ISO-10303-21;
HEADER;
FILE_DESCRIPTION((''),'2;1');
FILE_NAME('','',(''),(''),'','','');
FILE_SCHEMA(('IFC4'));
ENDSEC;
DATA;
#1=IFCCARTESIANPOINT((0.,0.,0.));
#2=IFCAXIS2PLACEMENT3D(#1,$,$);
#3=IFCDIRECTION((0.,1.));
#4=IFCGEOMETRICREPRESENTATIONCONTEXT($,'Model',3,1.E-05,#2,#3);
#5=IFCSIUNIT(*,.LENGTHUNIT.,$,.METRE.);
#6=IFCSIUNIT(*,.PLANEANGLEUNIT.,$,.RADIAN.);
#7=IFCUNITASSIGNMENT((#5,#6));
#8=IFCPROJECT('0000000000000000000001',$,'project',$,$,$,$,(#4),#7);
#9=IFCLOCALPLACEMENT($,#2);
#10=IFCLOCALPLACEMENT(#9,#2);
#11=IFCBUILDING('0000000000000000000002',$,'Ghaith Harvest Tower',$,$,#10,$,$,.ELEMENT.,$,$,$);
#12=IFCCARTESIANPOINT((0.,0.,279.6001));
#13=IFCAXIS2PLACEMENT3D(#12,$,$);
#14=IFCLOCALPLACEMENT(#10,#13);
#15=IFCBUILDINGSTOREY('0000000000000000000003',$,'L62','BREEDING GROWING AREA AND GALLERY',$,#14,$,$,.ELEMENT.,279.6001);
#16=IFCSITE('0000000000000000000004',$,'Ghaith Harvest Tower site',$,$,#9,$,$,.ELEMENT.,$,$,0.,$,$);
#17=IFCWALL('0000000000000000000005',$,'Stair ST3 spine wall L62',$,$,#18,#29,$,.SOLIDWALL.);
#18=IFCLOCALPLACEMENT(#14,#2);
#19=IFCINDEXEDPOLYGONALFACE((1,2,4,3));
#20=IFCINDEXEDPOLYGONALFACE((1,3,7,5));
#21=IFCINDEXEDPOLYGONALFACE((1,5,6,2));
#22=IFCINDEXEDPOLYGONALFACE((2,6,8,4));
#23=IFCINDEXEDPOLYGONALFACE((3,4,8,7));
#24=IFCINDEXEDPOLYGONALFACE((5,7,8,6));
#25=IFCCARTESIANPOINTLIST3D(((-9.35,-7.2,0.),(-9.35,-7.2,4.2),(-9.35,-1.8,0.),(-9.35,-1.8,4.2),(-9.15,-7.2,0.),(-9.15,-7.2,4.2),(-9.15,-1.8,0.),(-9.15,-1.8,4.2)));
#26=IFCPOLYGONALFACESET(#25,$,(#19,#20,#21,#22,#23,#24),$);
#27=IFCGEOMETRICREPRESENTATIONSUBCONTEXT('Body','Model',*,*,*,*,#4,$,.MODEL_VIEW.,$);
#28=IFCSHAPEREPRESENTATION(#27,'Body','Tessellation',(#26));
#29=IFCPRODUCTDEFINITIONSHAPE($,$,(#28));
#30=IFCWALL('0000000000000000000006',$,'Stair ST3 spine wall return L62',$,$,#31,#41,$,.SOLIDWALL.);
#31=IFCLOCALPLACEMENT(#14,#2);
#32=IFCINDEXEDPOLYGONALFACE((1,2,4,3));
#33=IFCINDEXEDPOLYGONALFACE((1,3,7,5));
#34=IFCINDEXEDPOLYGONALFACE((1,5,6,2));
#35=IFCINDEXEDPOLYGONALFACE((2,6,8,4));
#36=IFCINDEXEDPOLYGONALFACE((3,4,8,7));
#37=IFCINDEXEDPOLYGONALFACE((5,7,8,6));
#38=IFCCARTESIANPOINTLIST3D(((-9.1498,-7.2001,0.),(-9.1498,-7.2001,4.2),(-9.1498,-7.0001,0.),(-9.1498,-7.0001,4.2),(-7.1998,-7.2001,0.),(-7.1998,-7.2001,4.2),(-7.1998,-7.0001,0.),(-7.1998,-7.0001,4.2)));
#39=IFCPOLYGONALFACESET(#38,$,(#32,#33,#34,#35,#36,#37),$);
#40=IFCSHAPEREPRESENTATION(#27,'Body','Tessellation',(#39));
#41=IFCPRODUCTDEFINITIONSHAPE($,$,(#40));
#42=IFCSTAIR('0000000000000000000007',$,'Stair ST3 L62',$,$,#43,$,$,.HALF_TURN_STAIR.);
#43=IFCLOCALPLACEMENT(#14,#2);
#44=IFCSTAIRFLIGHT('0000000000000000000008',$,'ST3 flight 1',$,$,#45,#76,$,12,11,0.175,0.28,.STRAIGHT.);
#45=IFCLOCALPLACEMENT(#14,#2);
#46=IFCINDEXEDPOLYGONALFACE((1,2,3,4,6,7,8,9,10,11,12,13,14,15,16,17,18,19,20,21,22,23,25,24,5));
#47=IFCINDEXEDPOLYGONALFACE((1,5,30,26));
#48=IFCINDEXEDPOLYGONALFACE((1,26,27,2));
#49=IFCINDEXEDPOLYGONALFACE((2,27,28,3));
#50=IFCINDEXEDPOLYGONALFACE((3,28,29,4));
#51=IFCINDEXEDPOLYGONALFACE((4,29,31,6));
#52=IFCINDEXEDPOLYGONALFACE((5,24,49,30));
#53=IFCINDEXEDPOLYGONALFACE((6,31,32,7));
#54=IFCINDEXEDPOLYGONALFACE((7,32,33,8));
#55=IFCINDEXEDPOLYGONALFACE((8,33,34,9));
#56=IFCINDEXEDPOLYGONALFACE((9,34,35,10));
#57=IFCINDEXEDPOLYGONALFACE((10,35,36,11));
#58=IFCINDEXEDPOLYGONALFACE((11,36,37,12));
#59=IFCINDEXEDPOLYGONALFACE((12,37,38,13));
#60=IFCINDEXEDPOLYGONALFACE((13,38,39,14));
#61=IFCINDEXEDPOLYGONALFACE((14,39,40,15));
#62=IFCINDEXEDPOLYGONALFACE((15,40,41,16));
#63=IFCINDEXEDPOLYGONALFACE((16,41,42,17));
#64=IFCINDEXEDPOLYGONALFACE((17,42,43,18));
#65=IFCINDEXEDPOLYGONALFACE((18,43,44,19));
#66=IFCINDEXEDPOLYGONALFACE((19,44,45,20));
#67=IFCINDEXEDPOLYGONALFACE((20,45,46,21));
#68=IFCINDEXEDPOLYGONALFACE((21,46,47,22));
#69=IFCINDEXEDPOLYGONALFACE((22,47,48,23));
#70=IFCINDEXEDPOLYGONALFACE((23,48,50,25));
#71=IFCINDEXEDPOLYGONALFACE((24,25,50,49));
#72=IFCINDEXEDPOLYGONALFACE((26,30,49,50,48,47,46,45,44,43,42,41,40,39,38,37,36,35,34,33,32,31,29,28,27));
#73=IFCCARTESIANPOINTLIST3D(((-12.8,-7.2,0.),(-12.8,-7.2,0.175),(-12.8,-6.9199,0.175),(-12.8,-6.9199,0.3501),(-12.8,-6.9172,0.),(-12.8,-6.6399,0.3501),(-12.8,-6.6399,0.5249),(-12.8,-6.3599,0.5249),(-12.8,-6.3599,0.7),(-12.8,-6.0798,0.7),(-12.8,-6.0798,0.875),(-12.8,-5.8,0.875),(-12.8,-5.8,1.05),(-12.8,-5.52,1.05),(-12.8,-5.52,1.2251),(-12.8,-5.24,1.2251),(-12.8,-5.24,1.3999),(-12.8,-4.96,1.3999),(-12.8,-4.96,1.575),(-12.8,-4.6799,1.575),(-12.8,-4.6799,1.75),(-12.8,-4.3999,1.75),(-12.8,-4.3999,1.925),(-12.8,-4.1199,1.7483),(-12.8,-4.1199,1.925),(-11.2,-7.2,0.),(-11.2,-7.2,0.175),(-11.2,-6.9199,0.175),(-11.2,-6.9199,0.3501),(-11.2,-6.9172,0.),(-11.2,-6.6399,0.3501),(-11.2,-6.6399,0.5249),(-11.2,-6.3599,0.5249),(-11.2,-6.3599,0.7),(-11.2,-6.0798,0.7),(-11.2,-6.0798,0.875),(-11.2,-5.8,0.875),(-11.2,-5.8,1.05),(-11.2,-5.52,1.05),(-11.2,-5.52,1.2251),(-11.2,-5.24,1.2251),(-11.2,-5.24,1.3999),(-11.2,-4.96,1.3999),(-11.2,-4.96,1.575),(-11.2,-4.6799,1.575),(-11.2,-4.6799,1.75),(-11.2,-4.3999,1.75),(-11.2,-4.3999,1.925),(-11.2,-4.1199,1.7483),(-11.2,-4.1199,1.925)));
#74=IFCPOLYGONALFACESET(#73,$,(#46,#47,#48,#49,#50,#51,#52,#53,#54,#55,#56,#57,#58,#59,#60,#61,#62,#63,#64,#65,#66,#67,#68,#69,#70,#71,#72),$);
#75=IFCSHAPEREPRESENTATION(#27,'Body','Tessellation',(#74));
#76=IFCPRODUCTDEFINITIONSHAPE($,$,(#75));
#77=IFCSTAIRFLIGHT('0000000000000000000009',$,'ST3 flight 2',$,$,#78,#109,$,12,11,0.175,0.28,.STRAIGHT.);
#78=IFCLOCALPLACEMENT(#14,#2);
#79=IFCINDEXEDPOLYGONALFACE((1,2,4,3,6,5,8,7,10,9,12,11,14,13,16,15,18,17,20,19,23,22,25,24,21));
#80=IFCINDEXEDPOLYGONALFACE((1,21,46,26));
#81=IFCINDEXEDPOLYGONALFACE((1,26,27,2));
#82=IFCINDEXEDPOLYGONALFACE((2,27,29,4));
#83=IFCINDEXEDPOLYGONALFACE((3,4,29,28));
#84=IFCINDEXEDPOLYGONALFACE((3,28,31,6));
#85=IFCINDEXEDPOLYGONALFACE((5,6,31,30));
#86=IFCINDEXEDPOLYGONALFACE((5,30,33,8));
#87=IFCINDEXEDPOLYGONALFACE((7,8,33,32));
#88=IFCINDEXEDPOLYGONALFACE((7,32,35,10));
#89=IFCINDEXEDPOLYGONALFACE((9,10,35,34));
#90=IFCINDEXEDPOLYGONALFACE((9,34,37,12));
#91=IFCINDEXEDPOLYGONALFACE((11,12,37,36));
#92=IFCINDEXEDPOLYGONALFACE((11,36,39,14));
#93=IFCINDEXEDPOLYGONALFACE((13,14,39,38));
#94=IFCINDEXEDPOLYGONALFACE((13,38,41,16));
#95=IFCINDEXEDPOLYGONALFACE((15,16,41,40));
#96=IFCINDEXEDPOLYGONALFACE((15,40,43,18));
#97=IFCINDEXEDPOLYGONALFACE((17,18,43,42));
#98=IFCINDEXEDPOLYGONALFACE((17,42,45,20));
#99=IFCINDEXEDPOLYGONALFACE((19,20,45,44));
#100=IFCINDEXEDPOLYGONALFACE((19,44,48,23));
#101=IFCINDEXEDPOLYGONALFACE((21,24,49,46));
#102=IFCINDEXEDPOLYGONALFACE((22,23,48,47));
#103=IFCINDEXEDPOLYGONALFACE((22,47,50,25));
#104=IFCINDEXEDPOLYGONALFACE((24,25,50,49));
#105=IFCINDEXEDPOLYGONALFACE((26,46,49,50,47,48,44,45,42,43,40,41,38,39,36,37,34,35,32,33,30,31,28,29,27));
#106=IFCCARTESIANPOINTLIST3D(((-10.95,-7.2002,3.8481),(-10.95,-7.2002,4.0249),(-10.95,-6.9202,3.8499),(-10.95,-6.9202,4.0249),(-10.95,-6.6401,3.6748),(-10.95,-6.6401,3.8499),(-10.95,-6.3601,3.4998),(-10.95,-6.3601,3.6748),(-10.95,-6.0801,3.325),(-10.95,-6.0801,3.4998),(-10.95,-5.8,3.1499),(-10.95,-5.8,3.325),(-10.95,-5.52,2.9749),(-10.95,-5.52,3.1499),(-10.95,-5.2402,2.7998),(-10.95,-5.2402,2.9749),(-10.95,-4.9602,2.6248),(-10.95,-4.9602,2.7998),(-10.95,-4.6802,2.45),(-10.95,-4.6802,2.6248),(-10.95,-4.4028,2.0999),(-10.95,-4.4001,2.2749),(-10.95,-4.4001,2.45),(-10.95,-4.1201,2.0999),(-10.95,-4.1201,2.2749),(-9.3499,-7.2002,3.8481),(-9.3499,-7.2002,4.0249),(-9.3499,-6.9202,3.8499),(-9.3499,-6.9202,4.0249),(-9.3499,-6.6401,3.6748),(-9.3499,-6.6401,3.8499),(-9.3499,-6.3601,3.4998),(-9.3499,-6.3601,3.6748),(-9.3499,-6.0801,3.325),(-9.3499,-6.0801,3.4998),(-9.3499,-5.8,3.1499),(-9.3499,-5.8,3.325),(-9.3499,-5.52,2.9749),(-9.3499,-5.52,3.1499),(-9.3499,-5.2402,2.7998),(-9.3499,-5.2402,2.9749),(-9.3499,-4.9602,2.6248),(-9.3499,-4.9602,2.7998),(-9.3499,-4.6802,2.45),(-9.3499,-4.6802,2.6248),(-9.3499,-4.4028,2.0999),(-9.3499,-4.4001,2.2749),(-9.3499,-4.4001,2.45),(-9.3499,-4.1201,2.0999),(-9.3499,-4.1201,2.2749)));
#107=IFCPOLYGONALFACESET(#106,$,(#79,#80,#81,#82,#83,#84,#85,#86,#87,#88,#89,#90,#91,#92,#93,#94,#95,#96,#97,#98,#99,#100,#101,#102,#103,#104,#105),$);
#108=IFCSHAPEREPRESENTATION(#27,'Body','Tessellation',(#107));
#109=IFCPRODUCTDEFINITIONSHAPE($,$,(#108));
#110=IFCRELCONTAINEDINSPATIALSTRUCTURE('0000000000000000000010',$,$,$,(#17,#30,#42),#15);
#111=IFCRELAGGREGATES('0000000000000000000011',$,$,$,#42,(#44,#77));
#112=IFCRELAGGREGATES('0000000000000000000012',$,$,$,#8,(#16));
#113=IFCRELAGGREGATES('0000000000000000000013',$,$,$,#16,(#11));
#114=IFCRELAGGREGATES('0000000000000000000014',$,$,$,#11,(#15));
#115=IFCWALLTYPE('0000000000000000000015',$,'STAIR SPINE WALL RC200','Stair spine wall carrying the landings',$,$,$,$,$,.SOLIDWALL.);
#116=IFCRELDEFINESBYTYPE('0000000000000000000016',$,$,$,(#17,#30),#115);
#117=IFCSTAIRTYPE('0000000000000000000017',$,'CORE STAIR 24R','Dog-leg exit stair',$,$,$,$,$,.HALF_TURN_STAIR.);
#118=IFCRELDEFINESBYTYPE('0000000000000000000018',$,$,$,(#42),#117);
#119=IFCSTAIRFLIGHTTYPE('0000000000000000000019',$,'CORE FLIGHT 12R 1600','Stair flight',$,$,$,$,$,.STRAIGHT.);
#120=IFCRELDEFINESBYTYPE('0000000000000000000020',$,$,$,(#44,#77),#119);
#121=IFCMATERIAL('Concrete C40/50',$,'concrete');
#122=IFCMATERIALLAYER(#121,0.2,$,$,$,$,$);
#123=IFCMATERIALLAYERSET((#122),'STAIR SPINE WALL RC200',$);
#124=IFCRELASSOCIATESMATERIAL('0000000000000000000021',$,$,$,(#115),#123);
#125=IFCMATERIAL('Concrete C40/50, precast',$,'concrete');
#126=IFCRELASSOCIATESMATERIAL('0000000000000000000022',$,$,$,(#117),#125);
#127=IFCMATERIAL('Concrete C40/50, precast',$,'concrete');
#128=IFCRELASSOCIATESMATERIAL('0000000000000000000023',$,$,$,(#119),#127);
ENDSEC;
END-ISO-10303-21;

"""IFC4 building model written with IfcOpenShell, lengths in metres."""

from ifc_helpers import new_model, si_unit, direction, frame, frame_2d, origin, place, context, subcontext, project, spatial, polyline, rectangle, outline, extrude, material, layer, layer_set, type_object, element, aggregate, save


model = new_model("IFC4")

# Units and contexts
model_context = context("Model", 3, precision=1e-05, world=origin(), true_north=direction((0.0, 1.0)))
body_context = subcontext(model_context, "Body", "Model", "MODEL_VIEW")
ifc_project = project(units=[si_unit("LENGTHUNIT", "METRE"), si_unit("PLANEANGLEUNIT", "RADIAN")], contexts=[model_context])

# Site, building, storey
site_placement = place(None, origin())
site = spatial("IfcSite", under=ifc_project, at=site_placement, Name="Ghaith Harvest Tower site", CompositionType="ELEMENT", RefElevation=0.0)
building_placement = place(site_placement, origin())
building = spatial("IfcBuilding", under=site, at=building_placement, Name="Ghaith Harvest Tower", CompositionType="ELEMENT")
storey_placement = place(building_placement, frame((0.0, 0.0, 279.6001)))
storey = spatial("IfcBuildingStorey", under=building, at=storey_placement, Name="L62", Description="BREEDING GROWING AREA AND GALLERY", CompositionType="ELEMENT", Elevation=279.6001)

# Walls
ifc_material_1 = material(Name="Concrete C40/50", Category="concrete")
ifc_layer_1 = layer(ifc_material_1, 0.2)
ifc_layer_set_1 = layer_set([ifc_layer_1], Name="STAIR SPINE WALL RC200")
wall_type_1 = type_object("IfcWallType", Name="STAIR SPINE WALL RC200", Description="Stair spine wall carrying the landings", PredefinedType="SOLIDWALL", material=ifc_layer_set_1)
wall_1_placement = place(storey_placement, frame((-9.25, -7.2, 0.0), z_axis=(0.0, 0.0, 1.0), x_axis=(0.0, 1.0, 0.0)))
element("IfcWall", 1, at=wall_1_placement, inside=storey, type_object=wall_type_1, Name="Stair ST3 spine wall L62", PredefinedType="SOLIDWALL", context=body_context, shape_type="SweptSolid", body=[
    extrude(rectangle(XDim=5.3999, YDim=0.2, at=frame_2d((2.7, 0.0))), origin(), (0.0, 0.0, 1.0), 4.2),
])
wall_2_placement = place(storey_placement, frame((-9.1499, -7.1001, 0.0), z_axis=(0.0, 0.0, 1.0), x_axis=(1.0, 0.0, 0.0)))
element("IfcWall", 2, at=wall_2_placement, inside=storey, type_object=wall_type_1, Name="Stair ST3 spine wall return L62", PredefinedType="SOLIDWALL", context=body_context, shape_type="SweptSolid", body=[
    extrude(rectangle(XDim=1.95, YDim=0.2, at=frame_2d((0.9751, 0.0))), origin(), (0.0, 0.0, 1.0), 4.2),
])

# Stair, stair flights
ifc_material_2 = material(Name="Concrete C40/50, precast", Category="concrete")
stair_type = type_object("IfcStairType", Name="CORE STAIR 24R", Description="Dog-leg exit stair", PredefinedType="HALF_TURN_STAIR", material=ifc_material_2)
stair_placement = place(storey_placement, origin())
stair = element("IfcStair", 3, at=stair_placement, inside=storey, type_object=stair_type, Name="Stair ST3 L62", PredefinedType="HALF_TURN_STAIR")
ifc_material_3 = material(Name="Concrete C40/50, precast", Category="concrete")
stair_flight_type = type_object("IfcStairFlightType", Name="CORE FLIGHT 12R 1600", Description="Stair flight", PredefinedType="STRAIGHT", material=ifc_material_3)
stair_flight_1_placement = place(storey_placement, frame((-12.0, -7.2, 0.0), z_axis=(0.0, 0.0, 1.0), x_axis=(0.0, 1.0, 0.0)))
stair_flight_1 = element("IfcStairFlight", 4, at=stair_flight_1_placement, type_object=stair_flight_type, Name="ST3 flight 1", NumberOfRisers=12, NumberOfTreads=11, PredefinedType="STRAIGHT", RiserHeight=0.175, TreadLength=0.28, context=body_context, shape_type="SweptSolid", body=[
    extrude(outline(polyline([(0.0, 0.0), (0.0, 0.175), (0.28, 0.175), (0.28, 0.3501), (0.5601, 0.3501), (0.5601, 0.5249), (0.8401, 0.5249), (0.8401, 0.7), (1.1201, 0.7), (1.1201, 0.875), (1.3999, 0.875), (1.3999, 1.05), (1.6799, 1.05), (1.6799, 1.2251), (1.96, 1.2251), (1.96, 1.3999), (2.24, 1.3999), (2.24, 1.575), (2.52, 1.575), (2.52, 1.75), (2.8, 1.75), (2.8, 1.925), (3.0801, 1.925), (3.0801, 2.1001), (3.0801, 1.7483), (0.2827, 0.0), (0.0, 0.0)])), frame((0.0, 0.8, 0.0), z_axis=(0.0, -1.0, 0.0), x_axis=(1.0, 0.0, 0.0)), (0.0, 0.0, 1.0), 1.6001),
])
stair_flight_2_placement = place(storey_placement, frame((-10.1499, -4.1201, 2.0999), z_axis=(0.0, 0.0, 1.0), x_axis=(0.0, -1.0, 0.0)))
stair_flight_2 = element("IfcStairFlight", 5, at=stair_flight_2_placement, type_object=stair_flight_type, Name="ST3 flight 2", NumberOfRisers=12, NumberOfTreads=11, PredefinedType="STRAIGHT", RiserHeight=0.175, TreadLength=0.28, context=body_context, shape_type="SweptSolid", body=[
    extrude(outline(polyline([(0.0, 0.0), (0.0, 0.175), (0.28, 0.175), (0.28, 0.3501), (0.5601, 0.3501), (0.5601, 0.5249), (0.8401, 0.5249), (0.8401, 0.7), (1.1201, 0.7), (1.1201, 0.875), (1.3999, 0.875), (1.3999, 1.05), (1.6799, 1.05), (1.6799, 1.2251), (1.96, 1.2251), (1.96, 1.3999), (2.24, 1.3999), (2.24, 1.575), (2.52, 1.575), (2.52, 1.75), (2.8, 1.75), (2.8, 1.925), (3.0801, 1.925), (3.0801, 2.1001), (3.0801, 1.7483), (0.2827, 0.0), (0.0, 0.0)])), frame((0.0, 0.8, 0.0), z_axis=(0.0, -1.0, 0.0), x_axis=(1.0, 0.0, 0.0)), (0.0, 0.0, 1.0), 1.6001),
])
aggregate(stair, [stair_flight_1, stair_flight_2])

save(model, "model.ifc")
